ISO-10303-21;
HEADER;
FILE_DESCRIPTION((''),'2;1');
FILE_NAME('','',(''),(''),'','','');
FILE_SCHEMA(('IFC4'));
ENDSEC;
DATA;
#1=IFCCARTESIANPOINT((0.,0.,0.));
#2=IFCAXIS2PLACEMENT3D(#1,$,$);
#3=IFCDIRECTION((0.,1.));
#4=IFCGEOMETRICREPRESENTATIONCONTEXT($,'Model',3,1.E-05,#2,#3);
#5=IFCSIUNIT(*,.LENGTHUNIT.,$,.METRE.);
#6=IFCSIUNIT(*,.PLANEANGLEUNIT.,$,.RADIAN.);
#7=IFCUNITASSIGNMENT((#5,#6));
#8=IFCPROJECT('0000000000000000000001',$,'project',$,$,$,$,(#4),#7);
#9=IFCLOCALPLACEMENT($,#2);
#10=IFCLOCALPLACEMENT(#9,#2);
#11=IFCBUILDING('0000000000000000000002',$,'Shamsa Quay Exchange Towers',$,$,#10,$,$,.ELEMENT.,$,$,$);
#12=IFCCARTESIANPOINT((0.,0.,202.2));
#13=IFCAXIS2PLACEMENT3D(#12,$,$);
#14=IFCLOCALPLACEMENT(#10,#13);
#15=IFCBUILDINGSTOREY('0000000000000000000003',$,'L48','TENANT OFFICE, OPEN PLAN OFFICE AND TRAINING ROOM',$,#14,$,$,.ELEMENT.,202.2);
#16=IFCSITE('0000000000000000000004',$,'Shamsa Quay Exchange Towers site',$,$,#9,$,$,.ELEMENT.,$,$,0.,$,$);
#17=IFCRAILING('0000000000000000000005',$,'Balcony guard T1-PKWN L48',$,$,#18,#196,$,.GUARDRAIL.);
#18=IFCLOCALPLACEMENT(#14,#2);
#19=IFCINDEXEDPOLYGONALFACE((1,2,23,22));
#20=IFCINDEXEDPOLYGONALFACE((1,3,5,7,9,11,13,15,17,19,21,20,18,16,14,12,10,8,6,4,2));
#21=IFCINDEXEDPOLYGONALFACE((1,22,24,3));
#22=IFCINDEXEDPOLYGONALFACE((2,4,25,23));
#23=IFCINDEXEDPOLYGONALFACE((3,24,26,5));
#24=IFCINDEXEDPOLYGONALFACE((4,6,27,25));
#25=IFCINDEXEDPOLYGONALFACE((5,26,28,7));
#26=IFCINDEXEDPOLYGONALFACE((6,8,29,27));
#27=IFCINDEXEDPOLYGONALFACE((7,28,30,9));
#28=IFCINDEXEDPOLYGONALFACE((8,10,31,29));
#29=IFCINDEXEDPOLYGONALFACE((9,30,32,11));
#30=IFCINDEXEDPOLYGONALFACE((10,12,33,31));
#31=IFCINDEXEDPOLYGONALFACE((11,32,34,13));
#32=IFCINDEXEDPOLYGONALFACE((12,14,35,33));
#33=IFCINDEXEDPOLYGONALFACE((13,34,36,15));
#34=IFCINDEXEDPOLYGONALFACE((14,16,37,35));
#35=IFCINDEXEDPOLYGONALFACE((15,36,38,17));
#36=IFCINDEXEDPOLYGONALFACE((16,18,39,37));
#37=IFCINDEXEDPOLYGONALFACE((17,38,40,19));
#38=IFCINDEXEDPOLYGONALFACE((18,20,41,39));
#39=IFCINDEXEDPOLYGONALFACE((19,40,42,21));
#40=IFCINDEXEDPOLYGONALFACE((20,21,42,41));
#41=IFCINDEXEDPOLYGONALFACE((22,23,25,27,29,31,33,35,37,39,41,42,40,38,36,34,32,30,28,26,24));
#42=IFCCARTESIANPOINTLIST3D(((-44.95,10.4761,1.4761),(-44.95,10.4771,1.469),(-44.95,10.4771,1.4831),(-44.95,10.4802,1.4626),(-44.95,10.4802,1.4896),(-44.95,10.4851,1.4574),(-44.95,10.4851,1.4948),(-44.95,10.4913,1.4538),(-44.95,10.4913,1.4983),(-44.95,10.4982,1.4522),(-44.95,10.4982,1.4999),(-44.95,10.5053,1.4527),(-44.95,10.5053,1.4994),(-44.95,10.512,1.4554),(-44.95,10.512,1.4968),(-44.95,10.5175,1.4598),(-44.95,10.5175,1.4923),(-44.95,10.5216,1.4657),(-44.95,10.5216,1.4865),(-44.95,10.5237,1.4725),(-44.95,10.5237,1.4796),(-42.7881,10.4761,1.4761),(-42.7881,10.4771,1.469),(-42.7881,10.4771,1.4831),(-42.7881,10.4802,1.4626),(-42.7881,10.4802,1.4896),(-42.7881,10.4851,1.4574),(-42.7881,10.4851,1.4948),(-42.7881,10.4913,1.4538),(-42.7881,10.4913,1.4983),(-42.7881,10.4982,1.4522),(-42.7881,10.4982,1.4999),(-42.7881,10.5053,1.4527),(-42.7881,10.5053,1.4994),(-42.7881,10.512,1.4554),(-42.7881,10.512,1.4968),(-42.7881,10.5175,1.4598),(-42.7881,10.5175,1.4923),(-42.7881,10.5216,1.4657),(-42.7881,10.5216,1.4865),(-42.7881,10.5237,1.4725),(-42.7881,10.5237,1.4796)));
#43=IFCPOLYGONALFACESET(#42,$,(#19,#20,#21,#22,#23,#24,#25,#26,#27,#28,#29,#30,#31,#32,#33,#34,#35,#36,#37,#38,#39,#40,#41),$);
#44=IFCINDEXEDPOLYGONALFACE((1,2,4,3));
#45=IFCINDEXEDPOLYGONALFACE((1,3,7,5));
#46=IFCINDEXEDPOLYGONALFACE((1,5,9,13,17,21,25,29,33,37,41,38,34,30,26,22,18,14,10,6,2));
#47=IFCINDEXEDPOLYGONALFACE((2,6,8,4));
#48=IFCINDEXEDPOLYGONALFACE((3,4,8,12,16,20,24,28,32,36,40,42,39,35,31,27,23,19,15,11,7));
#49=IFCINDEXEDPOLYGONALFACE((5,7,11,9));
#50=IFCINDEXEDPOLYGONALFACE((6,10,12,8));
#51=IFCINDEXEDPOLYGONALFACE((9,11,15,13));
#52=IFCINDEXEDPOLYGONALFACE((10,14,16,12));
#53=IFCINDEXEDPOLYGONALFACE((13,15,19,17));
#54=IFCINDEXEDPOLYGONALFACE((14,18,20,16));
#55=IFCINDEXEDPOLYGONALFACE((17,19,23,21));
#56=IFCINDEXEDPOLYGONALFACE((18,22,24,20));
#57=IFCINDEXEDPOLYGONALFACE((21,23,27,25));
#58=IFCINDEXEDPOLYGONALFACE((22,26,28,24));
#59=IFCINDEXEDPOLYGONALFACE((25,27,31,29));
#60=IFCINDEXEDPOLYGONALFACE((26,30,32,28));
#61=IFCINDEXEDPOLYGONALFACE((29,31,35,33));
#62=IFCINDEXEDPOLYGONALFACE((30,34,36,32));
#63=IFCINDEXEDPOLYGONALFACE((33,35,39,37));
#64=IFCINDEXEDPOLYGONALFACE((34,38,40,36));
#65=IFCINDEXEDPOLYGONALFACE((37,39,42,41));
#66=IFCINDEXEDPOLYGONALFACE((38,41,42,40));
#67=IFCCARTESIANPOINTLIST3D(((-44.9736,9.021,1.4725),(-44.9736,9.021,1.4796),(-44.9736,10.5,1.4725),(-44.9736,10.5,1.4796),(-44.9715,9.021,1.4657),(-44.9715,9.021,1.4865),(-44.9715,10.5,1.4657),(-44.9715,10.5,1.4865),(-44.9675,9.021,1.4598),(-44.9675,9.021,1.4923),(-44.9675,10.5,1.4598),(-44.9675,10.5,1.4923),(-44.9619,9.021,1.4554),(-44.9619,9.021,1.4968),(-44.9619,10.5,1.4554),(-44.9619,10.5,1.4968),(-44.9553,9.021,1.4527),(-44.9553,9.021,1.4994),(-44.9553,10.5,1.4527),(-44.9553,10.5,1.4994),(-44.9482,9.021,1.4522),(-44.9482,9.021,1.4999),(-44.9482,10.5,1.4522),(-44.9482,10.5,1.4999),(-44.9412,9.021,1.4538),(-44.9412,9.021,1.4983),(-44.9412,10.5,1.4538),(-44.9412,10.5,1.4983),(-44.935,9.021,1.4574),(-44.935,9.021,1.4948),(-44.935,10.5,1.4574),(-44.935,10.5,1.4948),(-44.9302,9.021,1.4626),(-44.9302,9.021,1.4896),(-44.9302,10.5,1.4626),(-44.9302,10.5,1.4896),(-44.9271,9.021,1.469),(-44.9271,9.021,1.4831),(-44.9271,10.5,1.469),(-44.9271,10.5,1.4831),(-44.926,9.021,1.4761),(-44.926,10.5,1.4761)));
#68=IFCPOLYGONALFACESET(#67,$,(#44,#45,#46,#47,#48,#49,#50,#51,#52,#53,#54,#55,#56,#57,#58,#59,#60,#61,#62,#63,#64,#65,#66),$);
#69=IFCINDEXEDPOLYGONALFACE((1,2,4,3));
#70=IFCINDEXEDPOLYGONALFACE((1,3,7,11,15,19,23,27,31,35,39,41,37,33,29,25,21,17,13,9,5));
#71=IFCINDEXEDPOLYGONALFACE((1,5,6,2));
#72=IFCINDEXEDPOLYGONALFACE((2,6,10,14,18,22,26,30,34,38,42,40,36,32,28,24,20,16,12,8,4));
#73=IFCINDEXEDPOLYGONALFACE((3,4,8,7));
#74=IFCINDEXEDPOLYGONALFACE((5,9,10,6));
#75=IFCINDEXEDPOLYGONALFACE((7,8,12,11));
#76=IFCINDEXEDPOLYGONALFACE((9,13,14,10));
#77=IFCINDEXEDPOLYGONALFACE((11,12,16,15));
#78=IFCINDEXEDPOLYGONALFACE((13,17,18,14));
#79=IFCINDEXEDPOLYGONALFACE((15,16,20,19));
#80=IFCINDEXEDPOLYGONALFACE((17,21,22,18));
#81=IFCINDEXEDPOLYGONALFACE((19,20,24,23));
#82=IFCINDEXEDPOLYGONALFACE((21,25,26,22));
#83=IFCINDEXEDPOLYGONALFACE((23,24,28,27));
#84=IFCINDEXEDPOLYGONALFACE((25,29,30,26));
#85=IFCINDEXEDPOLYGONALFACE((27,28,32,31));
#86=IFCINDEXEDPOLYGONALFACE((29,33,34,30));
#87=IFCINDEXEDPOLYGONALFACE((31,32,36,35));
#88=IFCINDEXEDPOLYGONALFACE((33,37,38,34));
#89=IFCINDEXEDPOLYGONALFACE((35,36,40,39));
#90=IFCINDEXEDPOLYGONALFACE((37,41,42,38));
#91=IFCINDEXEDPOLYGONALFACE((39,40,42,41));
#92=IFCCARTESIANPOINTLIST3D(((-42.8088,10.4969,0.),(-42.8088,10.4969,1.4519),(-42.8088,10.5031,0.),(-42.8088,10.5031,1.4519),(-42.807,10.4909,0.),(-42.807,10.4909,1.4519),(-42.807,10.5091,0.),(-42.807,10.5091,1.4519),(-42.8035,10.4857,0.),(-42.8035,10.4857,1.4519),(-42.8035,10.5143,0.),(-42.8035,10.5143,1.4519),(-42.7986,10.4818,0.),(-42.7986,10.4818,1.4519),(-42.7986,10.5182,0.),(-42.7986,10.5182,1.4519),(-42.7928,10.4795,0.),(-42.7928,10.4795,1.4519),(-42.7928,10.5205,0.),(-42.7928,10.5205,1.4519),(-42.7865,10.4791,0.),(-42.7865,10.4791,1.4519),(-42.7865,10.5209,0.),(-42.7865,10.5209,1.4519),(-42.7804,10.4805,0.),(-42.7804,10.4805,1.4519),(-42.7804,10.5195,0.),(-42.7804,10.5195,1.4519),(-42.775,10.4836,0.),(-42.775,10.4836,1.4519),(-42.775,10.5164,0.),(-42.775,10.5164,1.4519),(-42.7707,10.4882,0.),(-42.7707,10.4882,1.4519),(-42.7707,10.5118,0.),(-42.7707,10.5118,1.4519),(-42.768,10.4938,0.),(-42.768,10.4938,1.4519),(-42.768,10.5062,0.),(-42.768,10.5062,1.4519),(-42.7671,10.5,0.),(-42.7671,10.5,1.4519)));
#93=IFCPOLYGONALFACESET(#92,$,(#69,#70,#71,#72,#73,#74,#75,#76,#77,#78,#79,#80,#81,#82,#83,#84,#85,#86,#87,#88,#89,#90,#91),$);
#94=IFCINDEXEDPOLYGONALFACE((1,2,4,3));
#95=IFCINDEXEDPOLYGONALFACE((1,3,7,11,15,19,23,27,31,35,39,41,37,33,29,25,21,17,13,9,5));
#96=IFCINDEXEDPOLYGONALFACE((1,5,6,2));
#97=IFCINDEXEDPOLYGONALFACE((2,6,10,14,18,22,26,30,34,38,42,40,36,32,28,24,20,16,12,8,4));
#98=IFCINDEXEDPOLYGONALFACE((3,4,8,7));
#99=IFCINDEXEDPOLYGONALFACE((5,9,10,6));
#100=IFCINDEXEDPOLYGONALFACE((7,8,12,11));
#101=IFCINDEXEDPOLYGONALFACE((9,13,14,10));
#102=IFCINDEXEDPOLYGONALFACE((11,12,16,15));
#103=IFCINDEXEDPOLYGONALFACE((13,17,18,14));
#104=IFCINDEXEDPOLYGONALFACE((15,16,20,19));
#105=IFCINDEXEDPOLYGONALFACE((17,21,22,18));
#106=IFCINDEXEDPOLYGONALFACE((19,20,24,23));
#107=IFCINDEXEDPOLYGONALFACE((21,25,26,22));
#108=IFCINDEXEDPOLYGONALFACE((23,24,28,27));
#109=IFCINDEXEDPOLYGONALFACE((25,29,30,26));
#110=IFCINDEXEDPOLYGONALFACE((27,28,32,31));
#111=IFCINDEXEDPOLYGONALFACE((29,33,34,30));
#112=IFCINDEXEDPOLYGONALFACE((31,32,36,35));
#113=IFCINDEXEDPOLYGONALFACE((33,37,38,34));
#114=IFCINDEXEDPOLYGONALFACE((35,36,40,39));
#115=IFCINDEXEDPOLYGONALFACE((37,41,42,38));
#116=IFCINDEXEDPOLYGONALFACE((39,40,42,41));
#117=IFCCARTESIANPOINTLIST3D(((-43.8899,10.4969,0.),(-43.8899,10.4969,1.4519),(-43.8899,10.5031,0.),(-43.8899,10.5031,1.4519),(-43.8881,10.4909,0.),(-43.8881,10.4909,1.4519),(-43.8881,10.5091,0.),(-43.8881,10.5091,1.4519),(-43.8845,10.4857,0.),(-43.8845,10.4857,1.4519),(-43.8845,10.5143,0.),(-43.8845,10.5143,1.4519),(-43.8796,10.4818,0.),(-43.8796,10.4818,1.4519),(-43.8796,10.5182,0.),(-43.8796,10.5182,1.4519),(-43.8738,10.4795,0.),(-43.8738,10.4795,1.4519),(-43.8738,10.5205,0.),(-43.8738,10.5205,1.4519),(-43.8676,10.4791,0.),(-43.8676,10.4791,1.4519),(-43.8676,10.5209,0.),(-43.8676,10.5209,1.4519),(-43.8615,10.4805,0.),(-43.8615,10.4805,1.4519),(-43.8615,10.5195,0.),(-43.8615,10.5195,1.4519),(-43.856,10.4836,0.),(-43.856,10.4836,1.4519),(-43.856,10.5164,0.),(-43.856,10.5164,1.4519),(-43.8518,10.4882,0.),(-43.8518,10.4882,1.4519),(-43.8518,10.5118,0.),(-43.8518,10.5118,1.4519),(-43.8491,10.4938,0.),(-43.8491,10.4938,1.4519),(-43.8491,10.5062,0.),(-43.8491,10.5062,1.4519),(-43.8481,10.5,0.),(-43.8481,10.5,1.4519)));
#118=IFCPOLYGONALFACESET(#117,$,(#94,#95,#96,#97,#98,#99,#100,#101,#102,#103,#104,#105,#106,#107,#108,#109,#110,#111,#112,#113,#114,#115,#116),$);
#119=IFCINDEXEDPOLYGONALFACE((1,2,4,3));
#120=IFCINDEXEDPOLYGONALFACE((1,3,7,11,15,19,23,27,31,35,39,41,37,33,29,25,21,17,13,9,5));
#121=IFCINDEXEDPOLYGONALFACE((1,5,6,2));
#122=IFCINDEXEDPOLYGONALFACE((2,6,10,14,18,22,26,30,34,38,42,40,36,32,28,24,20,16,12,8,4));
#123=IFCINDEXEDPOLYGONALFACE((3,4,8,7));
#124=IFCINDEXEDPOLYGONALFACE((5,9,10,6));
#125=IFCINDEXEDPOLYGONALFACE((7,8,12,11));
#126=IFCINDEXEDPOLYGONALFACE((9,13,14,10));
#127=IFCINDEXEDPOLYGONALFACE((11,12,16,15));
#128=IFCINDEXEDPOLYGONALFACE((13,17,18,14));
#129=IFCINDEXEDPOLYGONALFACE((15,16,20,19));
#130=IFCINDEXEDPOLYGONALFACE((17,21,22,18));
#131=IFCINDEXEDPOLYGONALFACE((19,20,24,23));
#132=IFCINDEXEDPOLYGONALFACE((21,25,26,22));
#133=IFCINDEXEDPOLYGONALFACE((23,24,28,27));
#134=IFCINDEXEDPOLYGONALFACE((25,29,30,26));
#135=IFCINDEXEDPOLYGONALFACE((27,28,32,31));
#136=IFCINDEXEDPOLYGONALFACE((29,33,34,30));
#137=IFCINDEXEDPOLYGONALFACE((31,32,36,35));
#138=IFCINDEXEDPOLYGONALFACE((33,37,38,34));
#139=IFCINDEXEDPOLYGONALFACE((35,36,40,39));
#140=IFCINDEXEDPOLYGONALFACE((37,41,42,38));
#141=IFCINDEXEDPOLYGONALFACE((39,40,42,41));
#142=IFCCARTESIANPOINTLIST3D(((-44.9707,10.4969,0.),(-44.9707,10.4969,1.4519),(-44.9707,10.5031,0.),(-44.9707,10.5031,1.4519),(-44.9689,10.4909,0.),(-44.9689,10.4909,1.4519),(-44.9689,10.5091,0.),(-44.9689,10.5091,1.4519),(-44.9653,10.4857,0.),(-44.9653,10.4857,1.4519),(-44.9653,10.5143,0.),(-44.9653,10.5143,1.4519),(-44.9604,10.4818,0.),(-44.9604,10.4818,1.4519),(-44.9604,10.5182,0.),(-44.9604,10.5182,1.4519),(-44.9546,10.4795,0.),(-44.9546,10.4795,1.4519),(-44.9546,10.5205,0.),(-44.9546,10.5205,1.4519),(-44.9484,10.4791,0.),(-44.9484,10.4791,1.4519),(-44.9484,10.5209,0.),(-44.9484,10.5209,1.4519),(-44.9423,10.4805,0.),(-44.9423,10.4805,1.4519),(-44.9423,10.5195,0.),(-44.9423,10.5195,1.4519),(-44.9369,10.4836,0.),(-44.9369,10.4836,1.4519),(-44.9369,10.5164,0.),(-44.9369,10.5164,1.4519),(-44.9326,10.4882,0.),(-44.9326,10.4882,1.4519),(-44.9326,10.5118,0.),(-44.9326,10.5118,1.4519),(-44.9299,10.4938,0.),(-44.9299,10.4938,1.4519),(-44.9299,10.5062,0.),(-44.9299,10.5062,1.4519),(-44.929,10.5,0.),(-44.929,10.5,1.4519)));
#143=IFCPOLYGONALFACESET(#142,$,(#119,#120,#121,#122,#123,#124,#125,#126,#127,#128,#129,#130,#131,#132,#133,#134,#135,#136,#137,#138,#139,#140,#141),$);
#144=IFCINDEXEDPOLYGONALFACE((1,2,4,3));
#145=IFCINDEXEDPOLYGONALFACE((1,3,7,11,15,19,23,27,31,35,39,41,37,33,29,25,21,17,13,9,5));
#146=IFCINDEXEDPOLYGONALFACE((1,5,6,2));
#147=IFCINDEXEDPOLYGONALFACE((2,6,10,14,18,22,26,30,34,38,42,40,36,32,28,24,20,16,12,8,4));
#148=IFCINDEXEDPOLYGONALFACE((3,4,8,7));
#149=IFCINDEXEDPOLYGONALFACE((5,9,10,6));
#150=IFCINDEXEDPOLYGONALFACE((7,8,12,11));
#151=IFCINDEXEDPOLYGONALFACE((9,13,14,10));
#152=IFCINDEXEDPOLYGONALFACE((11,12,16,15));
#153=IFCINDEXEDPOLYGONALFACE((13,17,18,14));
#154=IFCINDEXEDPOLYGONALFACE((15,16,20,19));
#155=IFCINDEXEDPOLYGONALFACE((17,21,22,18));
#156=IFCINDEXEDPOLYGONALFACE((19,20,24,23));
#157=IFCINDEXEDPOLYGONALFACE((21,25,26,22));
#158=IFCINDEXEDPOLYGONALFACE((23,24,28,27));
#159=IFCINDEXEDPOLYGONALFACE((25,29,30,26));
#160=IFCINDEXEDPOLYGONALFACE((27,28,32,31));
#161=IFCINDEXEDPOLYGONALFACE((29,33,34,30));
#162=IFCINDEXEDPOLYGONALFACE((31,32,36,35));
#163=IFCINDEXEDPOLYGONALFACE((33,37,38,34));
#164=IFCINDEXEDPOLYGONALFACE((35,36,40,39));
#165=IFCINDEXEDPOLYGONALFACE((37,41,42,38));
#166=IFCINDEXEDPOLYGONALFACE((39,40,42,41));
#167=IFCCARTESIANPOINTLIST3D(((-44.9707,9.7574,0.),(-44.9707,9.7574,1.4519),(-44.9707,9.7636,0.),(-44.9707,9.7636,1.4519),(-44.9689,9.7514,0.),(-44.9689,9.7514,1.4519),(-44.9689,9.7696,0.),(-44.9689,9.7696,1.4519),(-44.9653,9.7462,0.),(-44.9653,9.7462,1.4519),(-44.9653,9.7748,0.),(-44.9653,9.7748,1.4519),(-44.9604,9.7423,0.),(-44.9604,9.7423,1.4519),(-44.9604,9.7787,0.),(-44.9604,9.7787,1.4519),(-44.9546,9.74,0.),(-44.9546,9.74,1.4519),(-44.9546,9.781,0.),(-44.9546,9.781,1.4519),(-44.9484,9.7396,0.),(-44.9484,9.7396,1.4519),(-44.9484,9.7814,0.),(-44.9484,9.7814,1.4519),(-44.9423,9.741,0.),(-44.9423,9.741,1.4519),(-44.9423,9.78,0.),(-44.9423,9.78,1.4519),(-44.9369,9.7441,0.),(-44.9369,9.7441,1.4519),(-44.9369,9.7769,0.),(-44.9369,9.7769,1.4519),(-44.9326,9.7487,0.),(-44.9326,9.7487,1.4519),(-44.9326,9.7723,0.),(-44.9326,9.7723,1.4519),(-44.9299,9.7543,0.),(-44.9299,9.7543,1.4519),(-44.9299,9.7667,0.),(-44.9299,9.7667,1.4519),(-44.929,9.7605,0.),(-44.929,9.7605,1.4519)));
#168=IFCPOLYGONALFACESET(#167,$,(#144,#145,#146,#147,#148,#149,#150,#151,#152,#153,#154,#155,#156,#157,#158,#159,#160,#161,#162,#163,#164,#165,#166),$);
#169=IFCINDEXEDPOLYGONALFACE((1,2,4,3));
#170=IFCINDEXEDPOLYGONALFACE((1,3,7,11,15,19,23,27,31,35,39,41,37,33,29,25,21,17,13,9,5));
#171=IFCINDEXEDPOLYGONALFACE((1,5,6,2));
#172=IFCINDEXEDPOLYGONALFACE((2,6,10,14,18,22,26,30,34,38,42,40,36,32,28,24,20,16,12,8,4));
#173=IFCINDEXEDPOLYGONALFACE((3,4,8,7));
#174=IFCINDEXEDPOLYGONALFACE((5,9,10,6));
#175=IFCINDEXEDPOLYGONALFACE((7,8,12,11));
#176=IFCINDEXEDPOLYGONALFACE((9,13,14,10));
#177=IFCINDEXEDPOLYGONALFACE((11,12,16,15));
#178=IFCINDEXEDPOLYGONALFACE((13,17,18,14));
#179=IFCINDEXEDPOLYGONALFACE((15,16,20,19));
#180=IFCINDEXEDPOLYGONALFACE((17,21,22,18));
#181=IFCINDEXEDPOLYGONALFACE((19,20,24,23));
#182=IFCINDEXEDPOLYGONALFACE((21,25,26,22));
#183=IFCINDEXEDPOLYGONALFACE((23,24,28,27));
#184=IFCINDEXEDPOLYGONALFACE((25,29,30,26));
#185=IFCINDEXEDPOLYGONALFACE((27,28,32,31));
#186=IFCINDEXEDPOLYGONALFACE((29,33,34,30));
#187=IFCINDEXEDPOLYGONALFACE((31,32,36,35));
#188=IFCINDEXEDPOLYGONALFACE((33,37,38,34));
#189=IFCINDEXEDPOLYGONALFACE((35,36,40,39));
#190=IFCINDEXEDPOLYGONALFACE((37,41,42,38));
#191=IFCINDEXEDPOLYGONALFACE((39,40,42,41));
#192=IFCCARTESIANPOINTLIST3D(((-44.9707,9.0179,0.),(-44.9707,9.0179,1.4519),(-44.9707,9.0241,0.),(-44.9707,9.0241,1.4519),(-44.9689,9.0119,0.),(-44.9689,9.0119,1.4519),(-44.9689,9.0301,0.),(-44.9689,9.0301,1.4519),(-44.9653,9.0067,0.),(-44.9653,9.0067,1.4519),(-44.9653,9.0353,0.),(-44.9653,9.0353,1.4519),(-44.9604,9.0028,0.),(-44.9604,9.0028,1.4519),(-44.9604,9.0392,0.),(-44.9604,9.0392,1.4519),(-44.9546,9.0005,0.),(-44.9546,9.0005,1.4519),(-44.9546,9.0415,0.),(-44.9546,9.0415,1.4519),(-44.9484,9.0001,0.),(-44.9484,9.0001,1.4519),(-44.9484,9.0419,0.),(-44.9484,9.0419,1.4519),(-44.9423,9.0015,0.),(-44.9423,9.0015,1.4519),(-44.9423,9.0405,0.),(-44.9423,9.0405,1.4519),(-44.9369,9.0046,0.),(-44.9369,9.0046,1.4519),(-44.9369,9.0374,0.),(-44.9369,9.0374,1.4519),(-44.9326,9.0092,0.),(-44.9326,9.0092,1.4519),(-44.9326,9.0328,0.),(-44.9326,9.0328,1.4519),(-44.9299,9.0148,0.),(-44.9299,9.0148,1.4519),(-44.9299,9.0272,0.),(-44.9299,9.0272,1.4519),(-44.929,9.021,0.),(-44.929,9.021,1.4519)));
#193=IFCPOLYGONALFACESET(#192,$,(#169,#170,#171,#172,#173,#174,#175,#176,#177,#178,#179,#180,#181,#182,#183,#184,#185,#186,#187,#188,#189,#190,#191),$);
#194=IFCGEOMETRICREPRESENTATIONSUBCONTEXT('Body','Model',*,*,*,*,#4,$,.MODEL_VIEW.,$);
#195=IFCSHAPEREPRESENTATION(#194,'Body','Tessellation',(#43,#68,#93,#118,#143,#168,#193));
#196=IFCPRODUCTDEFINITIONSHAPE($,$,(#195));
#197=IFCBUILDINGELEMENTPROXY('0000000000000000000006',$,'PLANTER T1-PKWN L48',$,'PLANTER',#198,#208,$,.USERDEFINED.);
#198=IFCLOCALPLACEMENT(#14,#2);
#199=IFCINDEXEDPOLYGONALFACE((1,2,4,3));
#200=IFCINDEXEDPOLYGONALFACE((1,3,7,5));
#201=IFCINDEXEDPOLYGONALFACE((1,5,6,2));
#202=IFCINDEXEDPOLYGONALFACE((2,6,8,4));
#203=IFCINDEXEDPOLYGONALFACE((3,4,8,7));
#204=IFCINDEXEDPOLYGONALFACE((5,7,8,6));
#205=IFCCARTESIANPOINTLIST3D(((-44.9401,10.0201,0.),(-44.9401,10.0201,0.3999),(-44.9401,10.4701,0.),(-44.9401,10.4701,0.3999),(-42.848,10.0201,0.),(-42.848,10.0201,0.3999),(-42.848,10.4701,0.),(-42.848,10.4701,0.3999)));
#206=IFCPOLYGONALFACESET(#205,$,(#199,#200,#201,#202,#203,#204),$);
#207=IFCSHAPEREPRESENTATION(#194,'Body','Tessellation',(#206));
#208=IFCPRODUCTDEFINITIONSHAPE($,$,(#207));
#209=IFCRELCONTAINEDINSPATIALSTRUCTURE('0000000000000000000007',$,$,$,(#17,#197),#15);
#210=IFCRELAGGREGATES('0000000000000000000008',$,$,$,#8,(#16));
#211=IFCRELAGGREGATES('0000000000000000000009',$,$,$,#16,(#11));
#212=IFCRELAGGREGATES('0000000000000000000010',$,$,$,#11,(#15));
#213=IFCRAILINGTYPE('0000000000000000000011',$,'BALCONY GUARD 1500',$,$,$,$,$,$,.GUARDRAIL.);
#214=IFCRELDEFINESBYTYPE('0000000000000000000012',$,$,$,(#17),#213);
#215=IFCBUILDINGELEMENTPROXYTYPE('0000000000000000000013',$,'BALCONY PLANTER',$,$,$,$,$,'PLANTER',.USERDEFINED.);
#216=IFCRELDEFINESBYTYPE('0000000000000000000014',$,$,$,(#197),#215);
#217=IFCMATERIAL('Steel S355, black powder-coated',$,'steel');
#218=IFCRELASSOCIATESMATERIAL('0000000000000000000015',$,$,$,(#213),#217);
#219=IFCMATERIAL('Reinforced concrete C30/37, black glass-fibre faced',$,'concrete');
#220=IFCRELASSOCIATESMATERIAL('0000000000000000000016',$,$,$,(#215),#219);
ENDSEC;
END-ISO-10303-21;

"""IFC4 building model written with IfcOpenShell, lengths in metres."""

from ifc_helpers import new_model, si_unit, direction, frame, origin, origin_2d, place, context, subcontext, project, spatial, rectangle, circle, extrude, material, type_object, element, save


model = new_model("IFC4")

# Units and contexts
model_context = context("Model", 3, precision=1e-05, world=origin(), true_north=direction((0.0, 1.0)))
body_context = subcontext(model_context, "Body", "Model", "MODEL_VIEW")
ifc_project = project(units=[si_unit("LENGTHUNIT", "METRE"), si_unit("PLANEANGLEUNIT", "RADIAN")], contexts=[model_context])

# Site, building, storey
site_placement = place(None, origin())
site = spatial("IfcSite", under=ifc_project, at=site_placement, Name="Shamsa Quay Exchange Towers site", CompositionType="ELEMENT", RefElevation=0.0)
building_placement = place(site_placement, origin())
building = spatial("IfcBuilding", under=site, at=building_placement, Name="Shamsa Quay Exchange Towers", CompositionType="ELEMENT")
storey_placement = place(building_placement, frame((0.0, 0.0, 202.2)))
storey = spatial("IfcBuildingStorey", under=building, at=storey_placement, Name="L48", Description="TENANT OFFICE, OPEN PLAN OFFICE AND TRAINING ROOM", CompositionType="ELEMENT", Elevation=202.2)

# Railing
ifc_material_1 = material(Name="Steel S355, black powder-coated", Category="steel")
railing_type = type_object("IfcRailingType", Name="BALCONY GUARD 1500", PredefinedType="GUARDRAIL", material=ifc_material_1)
railing_placement = place(storey_placement, frame((-42.7881, 10.5, 0.0)))
element("IfcRailing", 1, at=railing_placement, inside=storey, type_object=railing_type, Name="Balcony guard T1-PKWN L48", PredefinedType="GUARDRAIL", context=body_context, shape_type="SweptSolid", body=[
    extrude(circle(Radius=0.0239, at=origin_2d()), frame((0.0, 0.0, 1.4761), z_axis=(-1.0, 0.0, 0.0), x_axis=(0.0, -1.0, 0.0)), (0.0, 0.0, 1.0), 2.1619),
    extrude(circle(Radius=0.0239, at=origin_2d()), frame((-2.1619, 0.0, 1.4761), z_axis=(0.0, -1.0, 0.0), x_axis=(1.0, 0.0, 0.0)), (0.0, 0.0, 1.0), 1.479),
    extrude(circle(Radius=0.021, at=origin_2d()), origin(), (0.0, 0.0, 1.0), 1.4519),
    extrude(circle(Radius=0.021, at=origin_2d()), frame((-1.0811, 0.0, 0.0)), (0.0, 0.0, 1.0), 1.4519),
    extrude(circle(Radius=0.021, at=origin_2d()), frame((-2.1619, 0.0, 0.0)), (0.0, 0.0, 1.0), 1.4519),
    extrude(circle(Radius=0.021, at=origin_2d()), frame((-2.1619, -0.7395, 0.0)), (0.0, 0.0, 1.0), 1.4519),
    extrude(circle(Radius=0.021, at=origin_2d()), frame((-2.1619, -1.479, 0.0)), (0.0, 0.0, 1.0), 1.4519),
])

# Building element proxy
ifc_material_2 = material(Name="Reinforced concrete C30/37, black glass-fibre faced", Category="concrete")
building_element_proxy_type = type_object("IfcBuildingElementProxyType", Name="BALCONY PLANTER", ElementType="PLANTER", PredefinedType="USERDEFINED", material=ifc_material_2)
proxy_placement = place(storey_placement, frame((-43.894, 10.2451, 0.0), z_axis=(0.0, 0.0, 1.0), x_axis=(-1.0, 0.0, 0.0)))
element("IfcBuildingElementProxy", 2, at=proxy_placement, inside=storey, type_object=building_element_proxy_type, Name="PLANTER T1-PKWN L48", ObjectType="PLANTER", PredefinedType="USERDEFINED", context=body_context, shape_type="SweptSolid", body=[
    extrude(rectangle(XDim=2.092, YDim=0.45, at=origin_2d()), origin(), (0.0, 0.0, 1.0), 0.3999),
])

save(model, "model.ifc")
